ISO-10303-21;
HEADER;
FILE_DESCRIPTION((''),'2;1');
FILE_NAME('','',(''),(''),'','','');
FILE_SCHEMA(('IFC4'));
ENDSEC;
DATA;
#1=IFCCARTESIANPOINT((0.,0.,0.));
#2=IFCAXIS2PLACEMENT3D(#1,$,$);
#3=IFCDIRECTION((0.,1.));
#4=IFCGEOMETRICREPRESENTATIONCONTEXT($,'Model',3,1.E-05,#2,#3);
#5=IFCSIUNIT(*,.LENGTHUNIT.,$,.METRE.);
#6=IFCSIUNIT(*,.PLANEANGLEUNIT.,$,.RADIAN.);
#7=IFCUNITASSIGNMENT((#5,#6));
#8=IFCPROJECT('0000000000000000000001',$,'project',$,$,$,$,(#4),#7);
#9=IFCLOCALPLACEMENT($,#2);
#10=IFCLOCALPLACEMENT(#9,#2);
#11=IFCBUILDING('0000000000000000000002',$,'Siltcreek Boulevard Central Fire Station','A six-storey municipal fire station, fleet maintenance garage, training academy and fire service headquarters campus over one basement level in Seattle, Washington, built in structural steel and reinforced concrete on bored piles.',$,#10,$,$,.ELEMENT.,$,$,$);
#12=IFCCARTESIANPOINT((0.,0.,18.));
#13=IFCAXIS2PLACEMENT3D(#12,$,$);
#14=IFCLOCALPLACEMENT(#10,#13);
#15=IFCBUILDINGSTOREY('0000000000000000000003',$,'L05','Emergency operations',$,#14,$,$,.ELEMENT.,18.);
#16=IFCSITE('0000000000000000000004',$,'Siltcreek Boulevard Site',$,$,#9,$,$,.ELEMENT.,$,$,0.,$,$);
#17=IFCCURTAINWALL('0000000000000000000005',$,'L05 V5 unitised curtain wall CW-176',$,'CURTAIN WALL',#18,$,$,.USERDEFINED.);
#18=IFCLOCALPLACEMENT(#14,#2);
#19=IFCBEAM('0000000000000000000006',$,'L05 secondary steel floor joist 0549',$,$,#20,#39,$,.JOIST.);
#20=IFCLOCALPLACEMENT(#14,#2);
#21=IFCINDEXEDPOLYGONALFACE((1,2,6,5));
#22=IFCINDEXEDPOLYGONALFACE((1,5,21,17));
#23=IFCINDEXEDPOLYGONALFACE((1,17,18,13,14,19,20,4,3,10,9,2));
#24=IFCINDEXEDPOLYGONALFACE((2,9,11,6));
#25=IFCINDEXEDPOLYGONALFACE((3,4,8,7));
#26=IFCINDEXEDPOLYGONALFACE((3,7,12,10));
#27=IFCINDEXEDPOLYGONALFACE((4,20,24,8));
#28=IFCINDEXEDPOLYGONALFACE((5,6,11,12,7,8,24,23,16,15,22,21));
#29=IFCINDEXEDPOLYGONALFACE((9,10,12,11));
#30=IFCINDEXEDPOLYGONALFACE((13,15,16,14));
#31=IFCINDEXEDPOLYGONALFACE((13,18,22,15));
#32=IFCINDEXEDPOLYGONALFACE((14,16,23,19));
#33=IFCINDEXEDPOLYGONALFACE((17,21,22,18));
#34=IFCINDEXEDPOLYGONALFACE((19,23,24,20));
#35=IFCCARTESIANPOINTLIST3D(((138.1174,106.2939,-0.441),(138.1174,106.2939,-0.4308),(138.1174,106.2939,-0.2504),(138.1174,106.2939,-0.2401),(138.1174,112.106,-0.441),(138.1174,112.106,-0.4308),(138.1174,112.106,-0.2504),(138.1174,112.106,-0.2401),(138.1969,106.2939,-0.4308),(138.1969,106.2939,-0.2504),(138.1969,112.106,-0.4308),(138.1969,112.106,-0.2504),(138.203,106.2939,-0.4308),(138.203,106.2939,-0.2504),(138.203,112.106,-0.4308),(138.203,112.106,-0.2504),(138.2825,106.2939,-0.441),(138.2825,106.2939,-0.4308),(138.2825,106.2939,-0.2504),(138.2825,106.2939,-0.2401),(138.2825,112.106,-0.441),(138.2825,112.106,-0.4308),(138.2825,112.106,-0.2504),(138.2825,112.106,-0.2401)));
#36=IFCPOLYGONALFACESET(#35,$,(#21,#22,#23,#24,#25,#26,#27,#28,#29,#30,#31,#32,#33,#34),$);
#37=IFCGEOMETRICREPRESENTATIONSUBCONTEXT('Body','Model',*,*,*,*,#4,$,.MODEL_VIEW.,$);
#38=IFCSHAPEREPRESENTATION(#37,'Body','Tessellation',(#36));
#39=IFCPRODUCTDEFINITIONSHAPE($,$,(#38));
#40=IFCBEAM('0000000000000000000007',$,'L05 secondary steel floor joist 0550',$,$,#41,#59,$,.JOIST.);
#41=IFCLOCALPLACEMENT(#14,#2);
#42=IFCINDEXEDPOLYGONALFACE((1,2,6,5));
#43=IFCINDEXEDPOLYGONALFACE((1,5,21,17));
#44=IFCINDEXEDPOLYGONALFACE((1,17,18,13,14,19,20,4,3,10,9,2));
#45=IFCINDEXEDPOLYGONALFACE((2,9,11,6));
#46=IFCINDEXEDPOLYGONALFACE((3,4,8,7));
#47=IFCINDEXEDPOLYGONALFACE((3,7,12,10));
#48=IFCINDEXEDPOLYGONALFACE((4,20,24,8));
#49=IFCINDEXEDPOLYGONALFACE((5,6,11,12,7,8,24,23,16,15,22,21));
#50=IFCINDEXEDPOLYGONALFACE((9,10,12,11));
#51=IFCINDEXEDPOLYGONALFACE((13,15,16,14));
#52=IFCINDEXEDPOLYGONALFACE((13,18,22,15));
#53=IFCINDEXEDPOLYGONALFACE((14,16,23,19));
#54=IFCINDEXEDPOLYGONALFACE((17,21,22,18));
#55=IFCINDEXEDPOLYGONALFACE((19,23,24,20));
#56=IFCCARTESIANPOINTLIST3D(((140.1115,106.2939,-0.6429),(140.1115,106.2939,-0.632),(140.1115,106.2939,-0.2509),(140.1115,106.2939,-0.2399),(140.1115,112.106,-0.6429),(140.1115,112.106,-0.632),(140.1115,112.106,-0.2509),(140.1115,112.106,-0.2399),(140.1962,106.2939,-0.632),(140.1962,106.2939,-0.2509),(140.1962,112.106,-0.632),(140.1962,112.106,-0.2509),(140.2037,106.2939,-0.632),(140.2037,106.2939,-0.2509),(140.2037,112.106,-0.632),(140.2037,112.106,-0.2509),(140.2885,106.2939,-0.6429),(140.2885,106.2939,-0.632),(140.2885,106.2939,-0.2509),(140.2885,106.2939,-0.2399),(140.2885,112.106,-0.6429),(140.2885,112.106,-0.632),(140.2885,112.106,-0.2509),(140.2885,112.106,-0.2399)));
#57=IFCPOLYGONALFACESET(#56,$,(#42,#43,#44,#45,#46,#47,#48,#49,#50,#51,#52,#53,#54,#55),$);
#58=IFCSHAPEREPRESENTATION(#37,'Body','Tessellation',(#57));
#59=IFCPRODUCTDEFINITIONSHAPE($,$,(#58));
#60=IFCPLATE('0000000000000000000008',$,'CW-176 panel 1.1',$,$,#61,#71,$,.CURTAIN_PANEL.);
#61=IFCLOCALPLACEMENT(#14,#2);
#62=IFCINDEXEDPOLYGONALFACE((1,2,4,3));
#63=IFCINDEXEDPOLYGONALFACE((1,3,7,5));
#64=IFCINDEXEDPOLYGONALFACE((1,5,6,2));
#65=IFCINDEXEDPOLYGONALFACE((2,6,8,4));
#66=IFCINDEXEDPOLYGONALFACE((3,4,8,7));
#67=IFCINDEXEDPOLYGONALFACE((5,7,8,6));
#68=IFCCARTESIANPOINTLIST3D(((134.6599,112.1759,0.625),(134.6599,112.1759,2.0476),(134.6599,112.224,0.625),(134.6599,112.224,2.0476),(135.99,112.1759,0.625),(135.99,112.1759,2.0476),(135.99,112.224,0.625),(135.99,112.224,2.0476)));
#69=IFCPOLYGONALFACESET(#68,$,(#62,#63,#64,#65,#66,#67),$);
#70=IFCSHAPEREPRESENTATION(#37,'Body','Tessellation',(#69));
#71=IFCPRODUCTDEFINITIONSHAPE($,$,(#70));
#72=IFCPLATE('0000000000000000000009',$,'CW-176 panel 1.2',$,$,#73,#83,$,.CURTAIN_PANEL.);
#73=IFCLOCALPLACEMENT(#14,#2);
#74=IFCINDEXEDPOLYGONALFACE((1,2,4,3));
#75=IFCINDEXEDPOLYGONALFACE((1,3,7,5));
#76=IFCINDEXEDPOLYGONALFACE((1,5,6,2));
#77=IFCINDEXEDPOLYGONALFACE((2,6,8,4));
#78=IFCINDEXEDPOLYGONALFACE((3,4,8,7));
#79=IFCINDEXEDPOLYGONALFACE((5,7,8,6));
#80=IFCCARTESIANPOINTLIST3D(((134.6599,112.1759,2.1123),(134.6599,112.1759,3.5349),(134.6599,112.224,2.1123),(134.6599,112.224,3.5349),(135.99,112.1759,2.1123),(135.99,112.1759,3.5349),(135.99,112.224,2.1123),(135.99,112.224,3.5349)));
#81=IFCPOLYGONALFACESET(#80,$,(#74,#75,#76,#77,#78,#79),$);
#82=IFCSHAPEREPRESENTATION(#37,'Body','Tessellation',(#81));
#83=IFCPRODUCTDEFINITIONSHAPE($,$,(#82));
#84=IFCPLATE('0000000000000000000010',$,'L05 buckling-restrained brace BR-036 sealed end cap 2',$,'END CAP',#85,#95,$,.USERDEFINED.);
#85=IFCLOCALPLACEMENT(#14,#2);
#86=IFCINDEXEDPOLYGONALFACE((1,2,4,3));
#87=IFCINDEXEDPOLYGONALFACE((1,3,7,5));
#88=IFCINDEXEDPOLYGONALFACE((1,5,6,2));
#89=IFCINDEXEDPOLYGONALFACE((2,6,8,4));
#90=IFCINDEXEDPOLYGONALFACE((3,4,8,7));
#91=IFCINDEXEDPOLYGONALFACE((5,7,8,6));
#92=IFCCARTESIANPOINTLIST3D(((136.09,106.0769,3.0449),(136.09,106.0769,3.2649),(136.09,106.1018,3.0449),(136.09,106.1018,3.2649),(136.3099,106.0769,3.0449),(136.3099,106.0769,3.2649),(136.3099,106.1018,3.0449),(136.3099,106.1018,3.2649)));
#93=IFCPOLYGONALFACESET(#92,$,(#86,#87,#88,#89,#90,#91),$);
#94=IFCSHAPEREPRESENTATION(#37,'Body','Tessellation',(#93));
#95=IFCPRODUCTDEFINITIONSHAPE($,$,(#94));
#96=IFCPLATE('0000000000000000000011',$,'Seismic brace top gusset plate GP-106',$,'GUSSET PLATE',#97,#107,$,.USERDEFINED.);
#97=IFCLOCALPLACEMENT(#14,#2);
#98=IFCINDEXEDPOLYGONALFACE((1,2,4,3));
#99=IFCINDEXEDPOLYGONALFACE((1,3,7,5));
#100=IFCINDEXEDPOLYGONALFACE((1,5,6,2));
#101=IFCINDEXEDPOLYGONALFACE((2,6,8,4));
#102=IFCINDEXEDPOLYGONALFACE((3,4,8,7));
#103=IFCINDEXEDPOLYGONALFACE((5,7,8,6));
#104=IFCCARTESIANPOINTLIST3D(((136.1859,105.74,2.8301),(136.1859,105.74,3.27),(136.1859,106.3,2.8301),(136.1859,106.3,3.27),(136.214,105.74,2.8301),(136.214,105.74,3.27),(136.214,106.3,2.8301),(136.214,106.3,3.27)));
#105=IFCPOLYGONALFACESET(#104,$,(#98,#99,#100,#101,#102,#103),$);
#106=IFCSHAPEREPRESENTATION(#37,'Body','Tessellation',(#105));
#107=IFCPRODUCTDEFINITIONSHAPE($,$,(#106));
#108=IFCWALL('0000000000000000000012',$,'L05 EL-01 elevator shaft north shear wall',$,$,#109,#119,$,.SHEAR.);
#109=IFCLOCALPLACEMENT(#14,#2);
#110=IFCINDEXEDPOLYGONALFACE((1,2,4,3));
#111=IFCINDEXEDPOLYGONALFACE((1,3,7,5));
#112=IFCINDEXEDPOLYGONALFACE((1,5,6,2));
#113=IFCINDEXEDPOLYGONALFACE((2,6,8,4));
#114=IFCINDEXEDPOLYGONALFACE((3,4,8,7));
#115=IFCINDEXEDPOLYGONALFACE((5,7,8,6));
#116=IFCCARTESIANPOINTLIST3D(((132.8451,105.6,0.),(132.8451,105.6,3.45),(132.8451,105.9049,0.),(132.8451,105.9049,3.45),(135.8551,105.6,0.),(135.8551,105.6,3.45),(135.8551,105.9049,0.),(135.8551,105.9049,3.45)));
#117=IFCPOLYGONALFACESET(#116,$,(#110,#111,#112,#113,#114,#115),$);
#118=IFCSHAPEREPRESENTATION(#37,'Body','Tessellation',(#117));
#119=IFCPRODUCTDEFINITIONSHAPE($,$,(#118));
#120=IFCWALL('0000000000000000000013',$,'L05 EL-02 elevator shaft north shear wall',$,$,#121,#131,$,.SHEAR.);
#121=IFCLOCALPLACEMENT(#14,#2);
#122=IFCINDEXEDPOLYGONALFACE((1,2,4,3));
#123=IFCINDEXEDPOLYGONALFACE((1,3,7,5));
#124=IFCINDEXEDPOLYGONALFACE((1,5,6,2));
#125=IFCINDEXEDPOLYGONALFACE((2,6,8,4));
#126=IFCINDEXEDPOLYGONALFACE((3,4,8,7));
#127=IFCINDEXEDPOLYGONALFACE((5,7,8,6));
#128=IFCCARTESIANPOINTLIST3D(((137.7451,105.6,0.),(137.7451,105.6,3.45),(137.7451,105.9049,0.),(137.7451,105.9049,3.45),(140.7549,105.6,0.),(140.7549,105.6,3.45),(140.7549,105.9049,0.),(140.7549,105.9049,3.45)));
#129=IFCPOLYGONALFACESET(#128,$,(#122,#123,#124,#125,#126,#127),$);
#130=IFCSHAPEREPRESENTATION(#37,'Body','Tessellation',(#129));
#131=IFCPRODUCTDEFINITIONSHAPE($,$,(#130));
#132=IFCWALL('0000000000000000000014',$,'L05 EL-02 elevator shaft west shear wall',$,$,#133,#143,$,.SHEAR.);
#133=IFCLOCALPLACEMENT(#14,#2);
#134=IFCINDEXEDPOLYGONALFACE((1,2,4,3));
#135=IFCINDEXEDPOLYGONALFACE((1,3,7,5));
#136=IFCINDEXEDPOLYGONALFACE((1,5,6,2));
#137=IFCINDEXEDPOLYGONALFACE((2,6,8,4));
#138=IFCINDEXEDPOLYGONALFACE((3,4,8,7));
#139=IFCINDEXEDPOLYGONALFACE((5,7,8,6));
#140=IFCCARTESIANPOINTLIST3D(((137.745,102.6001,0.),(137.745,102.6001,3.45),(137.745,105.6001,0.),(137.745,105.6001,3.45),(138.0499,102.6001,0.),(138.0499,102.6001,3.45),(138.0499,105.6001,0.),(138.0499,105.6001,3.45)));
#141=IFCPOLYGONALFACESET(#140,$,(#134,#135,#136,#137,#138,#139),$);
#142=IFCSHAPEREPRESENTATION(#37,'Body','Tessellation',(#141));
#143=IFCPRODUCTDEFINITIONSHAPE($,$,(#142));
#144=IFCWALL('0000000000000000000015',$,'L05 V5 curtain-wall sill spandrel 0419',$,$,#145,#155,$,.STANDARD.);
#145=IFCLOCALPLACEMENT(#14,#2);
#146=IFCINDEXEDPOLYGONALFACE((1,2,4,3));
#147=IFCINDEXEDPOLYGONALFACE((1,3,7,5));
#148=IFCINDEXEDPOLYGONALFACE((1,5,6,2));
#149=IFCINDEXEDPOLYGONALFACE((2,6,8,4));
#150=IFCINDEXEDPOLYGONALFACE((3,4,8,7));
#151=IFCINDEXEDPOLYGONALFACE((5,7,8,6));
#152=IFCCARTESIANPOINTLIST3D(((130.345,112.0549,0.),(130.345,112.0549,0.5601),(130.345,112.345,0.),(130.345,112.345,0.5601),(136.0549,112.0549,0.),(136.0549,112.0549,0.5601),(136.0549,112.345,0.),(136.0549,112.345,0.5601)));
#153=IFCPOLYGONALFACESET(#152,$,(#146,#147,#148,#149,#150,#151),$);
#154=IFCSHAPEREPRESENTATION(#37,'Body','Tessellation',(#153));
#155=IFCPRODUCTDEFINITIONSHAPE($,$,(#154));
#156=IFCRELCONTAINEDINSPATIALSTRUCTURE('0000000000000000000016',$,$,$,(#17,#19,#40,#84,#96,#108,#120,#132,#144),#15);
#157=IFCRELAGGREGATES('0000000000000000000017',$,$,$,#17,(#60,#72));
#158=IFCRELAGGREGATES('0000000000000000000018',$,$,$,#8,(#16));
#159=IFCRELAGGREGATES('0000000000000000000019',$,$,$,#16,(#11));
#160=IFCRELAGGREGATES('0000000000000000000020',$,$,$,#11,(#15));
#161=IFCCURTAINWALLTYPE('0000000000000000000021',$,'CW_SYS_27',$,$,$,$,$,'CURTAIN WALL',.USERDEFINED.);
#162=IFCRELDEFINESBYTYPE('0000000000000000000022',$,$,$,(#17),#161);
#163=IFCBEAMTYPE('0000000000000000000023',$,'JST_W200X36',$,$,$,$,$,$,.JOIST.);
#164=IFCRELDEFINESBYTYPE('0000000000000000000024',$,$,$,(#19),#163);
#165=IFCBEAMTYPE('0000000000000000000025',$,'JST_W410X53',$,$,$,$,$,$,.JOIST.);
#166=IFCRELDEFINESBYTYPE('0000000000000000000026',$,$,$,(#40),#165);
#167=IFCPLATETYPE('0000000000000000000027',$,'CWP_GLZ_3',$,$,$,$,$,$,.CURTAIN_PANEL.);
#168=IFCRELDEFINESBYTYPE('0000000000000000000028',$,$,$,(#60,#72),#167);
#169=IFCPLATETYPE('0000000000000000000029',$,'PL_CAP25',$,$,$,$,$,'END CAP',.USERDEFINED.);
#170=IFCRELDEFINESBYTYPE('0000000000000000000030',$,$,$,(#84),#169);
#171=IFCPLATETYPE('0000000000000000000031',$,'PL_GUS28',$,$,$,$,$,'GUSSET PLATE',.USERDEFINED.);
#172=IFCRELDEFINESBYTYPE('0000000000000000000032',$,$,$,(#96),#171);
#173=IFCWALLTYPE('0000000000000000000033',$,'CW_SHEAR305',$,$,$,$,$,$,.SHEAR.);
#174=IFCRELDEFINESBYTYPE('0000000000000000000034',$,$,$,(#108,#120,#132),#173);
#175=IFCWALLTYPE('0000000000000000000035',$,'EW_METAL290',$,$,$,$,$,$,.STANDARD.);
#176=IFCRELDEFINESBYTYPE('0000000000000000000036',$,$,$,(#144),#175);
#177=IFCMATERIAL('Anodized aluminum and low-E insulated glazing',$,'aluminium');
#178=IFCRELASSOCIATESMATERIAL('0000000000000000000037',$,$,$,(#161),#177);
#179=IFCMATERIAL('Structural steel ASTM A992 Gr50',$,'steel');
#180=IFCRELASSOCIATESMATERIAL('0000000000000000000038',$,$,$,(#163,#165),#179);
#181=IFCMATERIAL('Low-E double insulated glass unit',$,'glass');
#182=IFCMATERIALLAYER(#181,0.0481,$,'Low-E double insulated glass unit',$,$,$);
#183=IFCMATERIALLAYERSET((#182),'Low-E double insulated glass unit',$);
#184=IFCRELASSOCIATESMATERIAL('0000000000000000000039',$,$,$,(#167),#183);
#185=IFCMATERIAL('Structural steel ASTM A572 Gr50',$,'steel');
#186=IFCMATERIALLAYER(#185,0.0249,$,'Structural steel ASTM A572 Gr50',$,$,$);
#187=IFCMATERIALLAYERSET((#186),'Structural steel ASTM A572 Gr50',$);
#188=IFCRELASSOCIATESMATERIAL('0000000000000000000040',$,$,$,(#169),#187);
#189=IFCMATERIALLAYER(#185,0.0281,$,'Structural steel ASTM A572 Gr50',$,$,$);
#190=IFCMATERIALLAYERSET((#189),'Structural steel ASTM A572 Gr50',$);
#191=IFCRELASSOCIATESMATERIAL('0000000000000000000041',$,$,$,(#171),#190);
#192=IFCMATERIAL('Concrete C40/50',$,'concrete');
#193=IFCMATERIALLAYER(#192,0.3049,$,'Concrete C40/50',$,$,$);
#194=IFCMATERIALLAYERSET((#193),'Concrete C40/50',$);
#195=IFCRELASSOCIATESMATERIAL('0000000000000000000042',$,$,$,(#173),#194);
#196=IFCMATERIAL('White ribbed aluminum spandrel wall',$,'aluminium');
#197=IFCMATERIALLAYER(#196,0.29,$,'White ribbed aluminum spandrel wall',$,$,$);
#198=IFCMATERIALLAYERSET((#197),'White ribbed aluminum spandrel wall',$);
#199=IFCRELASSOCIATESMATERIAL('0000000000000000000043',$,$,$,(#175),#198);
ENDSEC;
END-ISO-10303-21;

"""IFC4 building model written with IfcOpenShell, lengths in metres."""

from ifc_helpers import new_model, si_unit, direction, frame, frame_2d, origin, origin_2d, place, context, subcontext, project, spatial, rectangle, i_section, extrude, material, layer, layer_set, material_profile, profile_set, type_object, element, aggregate, save


model = new_model("IFC4")

# Units and contexts
model_context = context("Model", 3, precision=1e-05, world=origin(), true_north=direction((0.0, 1.0)))
body_context = subcontext(model_context, "Body", "Model", "MODEL_VIEW")
ifc_project = project(units=[si_unit("LENGTHUNIT", "METRE"), si_unit("PLANEANGLEUNIT", "RADIAN")], contexts=[model_context])

# Site, building, storey
site_placement = place(None, origin())
site = spatial("IfcSite", under=ifc_project, at=site_placement, Name="Siltcreek Boulevard Site", CompositionType="ELEMENT", RefElevation=0.0)
building_placement = place(site_placement, origin())
building = spatial("IfcBuilding", under=site, at=building_placement, Name="Siltcreek Boulevard Central Fire Station", Description="A six-storey municipal fire station, fleet maintenance garage, training academy and fire service headquarters campus over one basement level in Seattle, Washington, built in structural steel and reinforced concrete on bored piles.", CompositionType="ELEMENT")
storey_placement = place(building_placement, frame((0.0, 0.0, 18.0)))
storey = spatial("IfcBuildingStorey", under=building, at=storey_placement, Name="L05", Description="Emergency operations", CompositionType="ELEMENT", Elevation=18.0)

# Shared definitions
ifc_material_1 = material(Name="Structural steel ASTM A992 Gr50", Category="steel")

# Curtain wall
ifc_material_2 = material(Name="Anodized aluminum and low-E insulated glazing", Category="aluminium")
curtain_wall_type = type_object("IfcCurtainWallType", Name="CW_SYS_27", ElementType="CURTAIN WALL", PredefinedType="USERDEFINED", material=ifc_material_2)
curtain_wall_placement = place(storey_placement, origin())
curtain_wall = element("IfcCurtainWall", 1, at=curtain_wall_placement, inside=storey, type_object=curtain_wall_type, Name="L05 V5 unitised curtain wall CW-176", ObjectType="CURTAIN WALL", PredefinedType="USERDEFINED")

# Beams
ifc_material_profile_1 = material_profile(ifc_material_1, i_section(OverallWidth=0.165, OverallDepth=0.2009, WebThickness=0.0061, FlangeThickness=0.0103, at=origin_2d()), Name="W200X36")
ifc_profile_set_1 = profile_set([ifc_material_profile_1], Name="Structural steel ASTM A992 Gr50")
beam_type_1 = type_object("IfcBeamType", Name="JST_W200X36", PredefinedType="JOIST", material=ifc_profile_set_1)
beam_1_placement = place(storey_placement, frame((138.2, 106.2939, -0.3406), z_axis=(0.0, 1.0, 0.0), x_axis=(-1.0, 0.0, 0.0)))
element("IfcBeam", 2, at=beam_1_placement, inside=storey, type_object=beam_type_1, Name="L05 secondary steel floor joist 0549", PredefinedType="JOIST", context=body_context, shape_type="SweptSolid", body=[
    extrude(i_section(OverallWidth=0.165, OverallDepth=0.2009, WebThickness=0.0061, FlangeThickness=0.0103, at=origin_2d()), origin(), (0.0, 0.0, 1.0), 5.812),
])
ifc_material_profile_2 = material_profile(ifc_material_1, i_section(OverallWidth=0.177, OverallDepth=0.4031, WebThickness=0.0076, FlangeThickness=0.011, at=origin_2d()), Name="W410X53")
ifc_profile_set_2 = profile_set([ifc_material_profile_2], Name="Structural steel ASTM A992 Gr50")
beam_type_2 = type_object("IfcBeamType", Name="JST_W410X53", PredefinedType="JOIST", material=ifc_profile_set_2)
beam_2_placement = place(storey_placement, frame((140.2, 106.2939, -0.4414), z_axis=(0.0, 1.0, 0.0), x_axis=(-1.0, 0.0, 0.0)))
element("IfcBeam", 3, at=beam_2_placement, inside=storey, type_object=beam_type_2, Name="L05 secondary steel floor joist 0550", PredefinedType="JOIST", context=body_context, shape_type="SweptSolid", body=[
    extrude(i_section(OverallWidth=0.177, OverallDepth=0.4031, WebThickness=0.0076, FlangeThickness=0.011, at=origin_2d()), origin(), (0.0, 0.0, 1.0), 5.812),
])

# Plates
ifc_material_3 = material(Name="Low-E double insulated glass unit", Category="glass")
ifc_layer_1 = layer(ifc_material_3, 0.0481, Name="Low-E double insulated glass unit")
ifc_layer_set_1 = layer_set([ifc_layer_1], Name="Low-E double insulated glass unit")
plate_type_1 = type_object("IfcPlateType", Name="CWP_GLZ_3", PredefinedType="CURTAIN_PANEL", material=ifc_layer_set_1)
plate_1_placement = place(storey_placement, frame((135.325, 112.2, 0.625), z_axis=(0.0, 0.0, 1.0), x_axis=(-1.0, 0.0, 0.0)))
plate_1 = element("IfcPlate", 4, at=plate_1_placement, type_object=plate_type_1, Name="CW-176 panel 1.1", PredefinedType="CURTAIN_PANEL", context=body_context, shape_type="SweptSolid", body=[
    extrude(rectangle(XDim=1.3301, YDim=0.0481, at=origin_2d()), origin(), (0.0, 0.0, 1.0), 1.4226),
])
plate_2_placement = place(storey_placement, frame((135.325, 112.2, 2.1123), z_axis=(0.0, 0.0, 1.0), x_axis=(-1.0, 0.0, 0.0)))
plate_2 = element("IfcPlate", 5, at=plate_2_placement, type_object=plate_type_1, Name="CW-176 panel 1.2", PredefinedType="CURTAIN_PANEL", context=body_context, shape_type="SweptSolid", body=[
    extrude(rectangle(XDim=1.3301, YDim=0.0481, at=origin_2d()), origin(), (0.0, 0.0, 1.0), 1.4226),
])
aggregate(curtain_wall, [plate_1, plate_2])

# Plates
ifc_material_4 = material(Name="Structural steel ASTM A572 Gr50", Category="steel")
ifc_layer_2 = layer(ifc_material_4, 0.0249, Name="Structural steel ASTM A572 Gr50")
ifc_layer_set_2 = layer_set([ifc_layer_2], Name="Structural steel ASTM A572 Gr50")
plate_type_2 = type_object("IfcPlateType", Name="PL_CAP25", ElementType="END CAP", PredefinedType="USERDEFINED", material=ifc_layer_set_2)
plate_3_placement = place(storey_placement, frame((136.2, 106.0894, 3.0449), z_axis=(0.0, 0.0, 1.0), x_axis=(0.0, 1.0, 0.0)))
element("IfcPlate", 6, at=plate_3_placement, inside=storey, type_object=plate_type_2, Name="L05 buckling-restrained brace BR-036 sealed end cap 2", ObjectType="END CAP", PredefinedType="USERDEFINED", context=body_context, shape_type="SweptSolid", body=[
    extrude(rectangle(XDim=0.0249, YDim=0.22, at=origin_2d()), origin(), (0.0, 0.0, 1.0), 0.22),
])
ifc_layer_3 = layer(ifc_material_4, 0.0281, Name="Structural steel ASTM A572 Gr50")
ifc_layer_set_3 = layer_set([ifc_layer_3], Name="Structural steel ASTM A572 Gr50")
plate_type_3 = type_object("IfcPlateType", Name="PL_GUS28", ElementType="GUSSET PLATE", PredefinedType="USERDEFINED", material=ifc_layer_set_3)
plate_4_placement = place(storey_placement, frame((136.2, 106.02, 2.8301), z_axis=(0.0, 0.0, 1.0), x_axis=(0.0, 1.0, 0.0)))
element("IfcPlate", 7, at=plate_4_placement, inside=storey, type_object=plate_type_3, Name="Seismic brace top gusset plate GP-106", ObjectType="GUSSET PLATE", PredefinedType="USERDEFINED", context=body_context, shape_type="SweptSolid", body=[
    extrude(rectangle(XDim=0.5601, YDim=0.0281, at=origin_2d()), origin(), (0.0, 0.0, 1.0), 0.4399),
])

# Walls
ifc_material_5 = material(Name="Concrete C40/50", Category="concrete")
ifc_layer_4 = layer(ifc_material_5, 0.3049, Name="Concrete C40/50")
ifc_layer_set_4 = layer_set([ifc_layer_4], Name="Concrete C40/50")
wall_type_1 = type_object("IfcWallType", Name="CW_SHEAR305", PredefinedType="SHEAR", material=ifc_layer_set_4)
wall_1_placement = place(storey_placement, frame((135.855, 105.7524, 0.0), z_axis=(0.0, 0.0, 1.0), x_axis=(-1.0, 0.0, 0.0)))
element("IfcWall", 8, at=wall_1_placement, inside=storey, type_object=wall_type_1, Name="L05 EL-01 elevator shaft north shear wall", PredefinedType="SHEAR", context=body_context, shape_type="SweptSolid", body=[
    extrude(rectangle(XDim=3.01, YDim=0.3049, at=frame_2d((1.5049, 0.0))), origin(), (0.0, 0.0, 1.0), 3.45),
])
wall_2_placement = place(storey_placement, frame((140.7549, 105.7524, 0.0), z_axis=(0.0, 0.0, 1.0), x_axis=(-1.0, 0.0, 0.0)))
element("IfcWall", 9, at=wall_2_placement, inside=storey, type_object=wall_type_1, Name="L05 EL-02 elevator shaft north shear wall", PredefinedType="SHEAR", context=body_context, shape_type="SweptSolid", body=[
    extrude(rectangle(XDim=3.0098, YDim=0.3049, at=frame_2d((1.5049, 0.0))), origin(), (0.0, 0.0, 1.0), 3.45),
])
wall_3_placement = place(storey_placement, frame((137.8975, 105.6001, 0.0), z_axis=(0.0, 0.0, 1.0), x_axis=(0.0, -1.0, 0.0)))
element("IfcWall", 10, at=wall_3_placement, inside=storey, type_object=wall_type_1, Name="L05 EL-02 elevator shaft west shear wall", PredefinedType="SHEAR", context=body_context, shape_type="SweptSolid", body=[
    extrude(rectangle(XDim=3.0, YDim=0.3049, at=frame_2d((1.5, 0.0))), origin(), (0.0, 0.0, 1.0), 3.45),
])
ifc_material_6 = material(Name="White ribbed aluminum spandrel wall", Category="aluminium")
ifc_layer_5 = layer(ifc_material_6, 0.29, Name="White ribbed aluminum spandrel wall")
ifc_layer_set_5 = layer_set([ifc_layer_5], Name="White ribbed aluminum spandrel wall")
wall_type_2 = type_object("IfcWallType", Name="EW_METAL290", PredefinedType="STANDARD", material=ifc_layer_set_5)
wall_4_placement = place(storey_placement, frame((136.0549, 112.2, 0.0), z_axis=(0.0, 0.0, 1.0), x_axis=(-1.0, 0.0, 0.0)))
element("IfcWall", 11, at=wall_4_placement, inside=storey, type_object=wall_type_2, Name="L05 V5 curtain-wall sill spandrel 0419", PredefinedType="STANDARD", context=body_context, shape_type="SweptSolid", body=[
    extrude(rectangle(XDim=5.71, YDim=0.29, at=frame_2d((2.855, 0.0))), origin(), (0.0, 0.0, 1.0), 0.5601),
])

save(model, "model.ifc")
